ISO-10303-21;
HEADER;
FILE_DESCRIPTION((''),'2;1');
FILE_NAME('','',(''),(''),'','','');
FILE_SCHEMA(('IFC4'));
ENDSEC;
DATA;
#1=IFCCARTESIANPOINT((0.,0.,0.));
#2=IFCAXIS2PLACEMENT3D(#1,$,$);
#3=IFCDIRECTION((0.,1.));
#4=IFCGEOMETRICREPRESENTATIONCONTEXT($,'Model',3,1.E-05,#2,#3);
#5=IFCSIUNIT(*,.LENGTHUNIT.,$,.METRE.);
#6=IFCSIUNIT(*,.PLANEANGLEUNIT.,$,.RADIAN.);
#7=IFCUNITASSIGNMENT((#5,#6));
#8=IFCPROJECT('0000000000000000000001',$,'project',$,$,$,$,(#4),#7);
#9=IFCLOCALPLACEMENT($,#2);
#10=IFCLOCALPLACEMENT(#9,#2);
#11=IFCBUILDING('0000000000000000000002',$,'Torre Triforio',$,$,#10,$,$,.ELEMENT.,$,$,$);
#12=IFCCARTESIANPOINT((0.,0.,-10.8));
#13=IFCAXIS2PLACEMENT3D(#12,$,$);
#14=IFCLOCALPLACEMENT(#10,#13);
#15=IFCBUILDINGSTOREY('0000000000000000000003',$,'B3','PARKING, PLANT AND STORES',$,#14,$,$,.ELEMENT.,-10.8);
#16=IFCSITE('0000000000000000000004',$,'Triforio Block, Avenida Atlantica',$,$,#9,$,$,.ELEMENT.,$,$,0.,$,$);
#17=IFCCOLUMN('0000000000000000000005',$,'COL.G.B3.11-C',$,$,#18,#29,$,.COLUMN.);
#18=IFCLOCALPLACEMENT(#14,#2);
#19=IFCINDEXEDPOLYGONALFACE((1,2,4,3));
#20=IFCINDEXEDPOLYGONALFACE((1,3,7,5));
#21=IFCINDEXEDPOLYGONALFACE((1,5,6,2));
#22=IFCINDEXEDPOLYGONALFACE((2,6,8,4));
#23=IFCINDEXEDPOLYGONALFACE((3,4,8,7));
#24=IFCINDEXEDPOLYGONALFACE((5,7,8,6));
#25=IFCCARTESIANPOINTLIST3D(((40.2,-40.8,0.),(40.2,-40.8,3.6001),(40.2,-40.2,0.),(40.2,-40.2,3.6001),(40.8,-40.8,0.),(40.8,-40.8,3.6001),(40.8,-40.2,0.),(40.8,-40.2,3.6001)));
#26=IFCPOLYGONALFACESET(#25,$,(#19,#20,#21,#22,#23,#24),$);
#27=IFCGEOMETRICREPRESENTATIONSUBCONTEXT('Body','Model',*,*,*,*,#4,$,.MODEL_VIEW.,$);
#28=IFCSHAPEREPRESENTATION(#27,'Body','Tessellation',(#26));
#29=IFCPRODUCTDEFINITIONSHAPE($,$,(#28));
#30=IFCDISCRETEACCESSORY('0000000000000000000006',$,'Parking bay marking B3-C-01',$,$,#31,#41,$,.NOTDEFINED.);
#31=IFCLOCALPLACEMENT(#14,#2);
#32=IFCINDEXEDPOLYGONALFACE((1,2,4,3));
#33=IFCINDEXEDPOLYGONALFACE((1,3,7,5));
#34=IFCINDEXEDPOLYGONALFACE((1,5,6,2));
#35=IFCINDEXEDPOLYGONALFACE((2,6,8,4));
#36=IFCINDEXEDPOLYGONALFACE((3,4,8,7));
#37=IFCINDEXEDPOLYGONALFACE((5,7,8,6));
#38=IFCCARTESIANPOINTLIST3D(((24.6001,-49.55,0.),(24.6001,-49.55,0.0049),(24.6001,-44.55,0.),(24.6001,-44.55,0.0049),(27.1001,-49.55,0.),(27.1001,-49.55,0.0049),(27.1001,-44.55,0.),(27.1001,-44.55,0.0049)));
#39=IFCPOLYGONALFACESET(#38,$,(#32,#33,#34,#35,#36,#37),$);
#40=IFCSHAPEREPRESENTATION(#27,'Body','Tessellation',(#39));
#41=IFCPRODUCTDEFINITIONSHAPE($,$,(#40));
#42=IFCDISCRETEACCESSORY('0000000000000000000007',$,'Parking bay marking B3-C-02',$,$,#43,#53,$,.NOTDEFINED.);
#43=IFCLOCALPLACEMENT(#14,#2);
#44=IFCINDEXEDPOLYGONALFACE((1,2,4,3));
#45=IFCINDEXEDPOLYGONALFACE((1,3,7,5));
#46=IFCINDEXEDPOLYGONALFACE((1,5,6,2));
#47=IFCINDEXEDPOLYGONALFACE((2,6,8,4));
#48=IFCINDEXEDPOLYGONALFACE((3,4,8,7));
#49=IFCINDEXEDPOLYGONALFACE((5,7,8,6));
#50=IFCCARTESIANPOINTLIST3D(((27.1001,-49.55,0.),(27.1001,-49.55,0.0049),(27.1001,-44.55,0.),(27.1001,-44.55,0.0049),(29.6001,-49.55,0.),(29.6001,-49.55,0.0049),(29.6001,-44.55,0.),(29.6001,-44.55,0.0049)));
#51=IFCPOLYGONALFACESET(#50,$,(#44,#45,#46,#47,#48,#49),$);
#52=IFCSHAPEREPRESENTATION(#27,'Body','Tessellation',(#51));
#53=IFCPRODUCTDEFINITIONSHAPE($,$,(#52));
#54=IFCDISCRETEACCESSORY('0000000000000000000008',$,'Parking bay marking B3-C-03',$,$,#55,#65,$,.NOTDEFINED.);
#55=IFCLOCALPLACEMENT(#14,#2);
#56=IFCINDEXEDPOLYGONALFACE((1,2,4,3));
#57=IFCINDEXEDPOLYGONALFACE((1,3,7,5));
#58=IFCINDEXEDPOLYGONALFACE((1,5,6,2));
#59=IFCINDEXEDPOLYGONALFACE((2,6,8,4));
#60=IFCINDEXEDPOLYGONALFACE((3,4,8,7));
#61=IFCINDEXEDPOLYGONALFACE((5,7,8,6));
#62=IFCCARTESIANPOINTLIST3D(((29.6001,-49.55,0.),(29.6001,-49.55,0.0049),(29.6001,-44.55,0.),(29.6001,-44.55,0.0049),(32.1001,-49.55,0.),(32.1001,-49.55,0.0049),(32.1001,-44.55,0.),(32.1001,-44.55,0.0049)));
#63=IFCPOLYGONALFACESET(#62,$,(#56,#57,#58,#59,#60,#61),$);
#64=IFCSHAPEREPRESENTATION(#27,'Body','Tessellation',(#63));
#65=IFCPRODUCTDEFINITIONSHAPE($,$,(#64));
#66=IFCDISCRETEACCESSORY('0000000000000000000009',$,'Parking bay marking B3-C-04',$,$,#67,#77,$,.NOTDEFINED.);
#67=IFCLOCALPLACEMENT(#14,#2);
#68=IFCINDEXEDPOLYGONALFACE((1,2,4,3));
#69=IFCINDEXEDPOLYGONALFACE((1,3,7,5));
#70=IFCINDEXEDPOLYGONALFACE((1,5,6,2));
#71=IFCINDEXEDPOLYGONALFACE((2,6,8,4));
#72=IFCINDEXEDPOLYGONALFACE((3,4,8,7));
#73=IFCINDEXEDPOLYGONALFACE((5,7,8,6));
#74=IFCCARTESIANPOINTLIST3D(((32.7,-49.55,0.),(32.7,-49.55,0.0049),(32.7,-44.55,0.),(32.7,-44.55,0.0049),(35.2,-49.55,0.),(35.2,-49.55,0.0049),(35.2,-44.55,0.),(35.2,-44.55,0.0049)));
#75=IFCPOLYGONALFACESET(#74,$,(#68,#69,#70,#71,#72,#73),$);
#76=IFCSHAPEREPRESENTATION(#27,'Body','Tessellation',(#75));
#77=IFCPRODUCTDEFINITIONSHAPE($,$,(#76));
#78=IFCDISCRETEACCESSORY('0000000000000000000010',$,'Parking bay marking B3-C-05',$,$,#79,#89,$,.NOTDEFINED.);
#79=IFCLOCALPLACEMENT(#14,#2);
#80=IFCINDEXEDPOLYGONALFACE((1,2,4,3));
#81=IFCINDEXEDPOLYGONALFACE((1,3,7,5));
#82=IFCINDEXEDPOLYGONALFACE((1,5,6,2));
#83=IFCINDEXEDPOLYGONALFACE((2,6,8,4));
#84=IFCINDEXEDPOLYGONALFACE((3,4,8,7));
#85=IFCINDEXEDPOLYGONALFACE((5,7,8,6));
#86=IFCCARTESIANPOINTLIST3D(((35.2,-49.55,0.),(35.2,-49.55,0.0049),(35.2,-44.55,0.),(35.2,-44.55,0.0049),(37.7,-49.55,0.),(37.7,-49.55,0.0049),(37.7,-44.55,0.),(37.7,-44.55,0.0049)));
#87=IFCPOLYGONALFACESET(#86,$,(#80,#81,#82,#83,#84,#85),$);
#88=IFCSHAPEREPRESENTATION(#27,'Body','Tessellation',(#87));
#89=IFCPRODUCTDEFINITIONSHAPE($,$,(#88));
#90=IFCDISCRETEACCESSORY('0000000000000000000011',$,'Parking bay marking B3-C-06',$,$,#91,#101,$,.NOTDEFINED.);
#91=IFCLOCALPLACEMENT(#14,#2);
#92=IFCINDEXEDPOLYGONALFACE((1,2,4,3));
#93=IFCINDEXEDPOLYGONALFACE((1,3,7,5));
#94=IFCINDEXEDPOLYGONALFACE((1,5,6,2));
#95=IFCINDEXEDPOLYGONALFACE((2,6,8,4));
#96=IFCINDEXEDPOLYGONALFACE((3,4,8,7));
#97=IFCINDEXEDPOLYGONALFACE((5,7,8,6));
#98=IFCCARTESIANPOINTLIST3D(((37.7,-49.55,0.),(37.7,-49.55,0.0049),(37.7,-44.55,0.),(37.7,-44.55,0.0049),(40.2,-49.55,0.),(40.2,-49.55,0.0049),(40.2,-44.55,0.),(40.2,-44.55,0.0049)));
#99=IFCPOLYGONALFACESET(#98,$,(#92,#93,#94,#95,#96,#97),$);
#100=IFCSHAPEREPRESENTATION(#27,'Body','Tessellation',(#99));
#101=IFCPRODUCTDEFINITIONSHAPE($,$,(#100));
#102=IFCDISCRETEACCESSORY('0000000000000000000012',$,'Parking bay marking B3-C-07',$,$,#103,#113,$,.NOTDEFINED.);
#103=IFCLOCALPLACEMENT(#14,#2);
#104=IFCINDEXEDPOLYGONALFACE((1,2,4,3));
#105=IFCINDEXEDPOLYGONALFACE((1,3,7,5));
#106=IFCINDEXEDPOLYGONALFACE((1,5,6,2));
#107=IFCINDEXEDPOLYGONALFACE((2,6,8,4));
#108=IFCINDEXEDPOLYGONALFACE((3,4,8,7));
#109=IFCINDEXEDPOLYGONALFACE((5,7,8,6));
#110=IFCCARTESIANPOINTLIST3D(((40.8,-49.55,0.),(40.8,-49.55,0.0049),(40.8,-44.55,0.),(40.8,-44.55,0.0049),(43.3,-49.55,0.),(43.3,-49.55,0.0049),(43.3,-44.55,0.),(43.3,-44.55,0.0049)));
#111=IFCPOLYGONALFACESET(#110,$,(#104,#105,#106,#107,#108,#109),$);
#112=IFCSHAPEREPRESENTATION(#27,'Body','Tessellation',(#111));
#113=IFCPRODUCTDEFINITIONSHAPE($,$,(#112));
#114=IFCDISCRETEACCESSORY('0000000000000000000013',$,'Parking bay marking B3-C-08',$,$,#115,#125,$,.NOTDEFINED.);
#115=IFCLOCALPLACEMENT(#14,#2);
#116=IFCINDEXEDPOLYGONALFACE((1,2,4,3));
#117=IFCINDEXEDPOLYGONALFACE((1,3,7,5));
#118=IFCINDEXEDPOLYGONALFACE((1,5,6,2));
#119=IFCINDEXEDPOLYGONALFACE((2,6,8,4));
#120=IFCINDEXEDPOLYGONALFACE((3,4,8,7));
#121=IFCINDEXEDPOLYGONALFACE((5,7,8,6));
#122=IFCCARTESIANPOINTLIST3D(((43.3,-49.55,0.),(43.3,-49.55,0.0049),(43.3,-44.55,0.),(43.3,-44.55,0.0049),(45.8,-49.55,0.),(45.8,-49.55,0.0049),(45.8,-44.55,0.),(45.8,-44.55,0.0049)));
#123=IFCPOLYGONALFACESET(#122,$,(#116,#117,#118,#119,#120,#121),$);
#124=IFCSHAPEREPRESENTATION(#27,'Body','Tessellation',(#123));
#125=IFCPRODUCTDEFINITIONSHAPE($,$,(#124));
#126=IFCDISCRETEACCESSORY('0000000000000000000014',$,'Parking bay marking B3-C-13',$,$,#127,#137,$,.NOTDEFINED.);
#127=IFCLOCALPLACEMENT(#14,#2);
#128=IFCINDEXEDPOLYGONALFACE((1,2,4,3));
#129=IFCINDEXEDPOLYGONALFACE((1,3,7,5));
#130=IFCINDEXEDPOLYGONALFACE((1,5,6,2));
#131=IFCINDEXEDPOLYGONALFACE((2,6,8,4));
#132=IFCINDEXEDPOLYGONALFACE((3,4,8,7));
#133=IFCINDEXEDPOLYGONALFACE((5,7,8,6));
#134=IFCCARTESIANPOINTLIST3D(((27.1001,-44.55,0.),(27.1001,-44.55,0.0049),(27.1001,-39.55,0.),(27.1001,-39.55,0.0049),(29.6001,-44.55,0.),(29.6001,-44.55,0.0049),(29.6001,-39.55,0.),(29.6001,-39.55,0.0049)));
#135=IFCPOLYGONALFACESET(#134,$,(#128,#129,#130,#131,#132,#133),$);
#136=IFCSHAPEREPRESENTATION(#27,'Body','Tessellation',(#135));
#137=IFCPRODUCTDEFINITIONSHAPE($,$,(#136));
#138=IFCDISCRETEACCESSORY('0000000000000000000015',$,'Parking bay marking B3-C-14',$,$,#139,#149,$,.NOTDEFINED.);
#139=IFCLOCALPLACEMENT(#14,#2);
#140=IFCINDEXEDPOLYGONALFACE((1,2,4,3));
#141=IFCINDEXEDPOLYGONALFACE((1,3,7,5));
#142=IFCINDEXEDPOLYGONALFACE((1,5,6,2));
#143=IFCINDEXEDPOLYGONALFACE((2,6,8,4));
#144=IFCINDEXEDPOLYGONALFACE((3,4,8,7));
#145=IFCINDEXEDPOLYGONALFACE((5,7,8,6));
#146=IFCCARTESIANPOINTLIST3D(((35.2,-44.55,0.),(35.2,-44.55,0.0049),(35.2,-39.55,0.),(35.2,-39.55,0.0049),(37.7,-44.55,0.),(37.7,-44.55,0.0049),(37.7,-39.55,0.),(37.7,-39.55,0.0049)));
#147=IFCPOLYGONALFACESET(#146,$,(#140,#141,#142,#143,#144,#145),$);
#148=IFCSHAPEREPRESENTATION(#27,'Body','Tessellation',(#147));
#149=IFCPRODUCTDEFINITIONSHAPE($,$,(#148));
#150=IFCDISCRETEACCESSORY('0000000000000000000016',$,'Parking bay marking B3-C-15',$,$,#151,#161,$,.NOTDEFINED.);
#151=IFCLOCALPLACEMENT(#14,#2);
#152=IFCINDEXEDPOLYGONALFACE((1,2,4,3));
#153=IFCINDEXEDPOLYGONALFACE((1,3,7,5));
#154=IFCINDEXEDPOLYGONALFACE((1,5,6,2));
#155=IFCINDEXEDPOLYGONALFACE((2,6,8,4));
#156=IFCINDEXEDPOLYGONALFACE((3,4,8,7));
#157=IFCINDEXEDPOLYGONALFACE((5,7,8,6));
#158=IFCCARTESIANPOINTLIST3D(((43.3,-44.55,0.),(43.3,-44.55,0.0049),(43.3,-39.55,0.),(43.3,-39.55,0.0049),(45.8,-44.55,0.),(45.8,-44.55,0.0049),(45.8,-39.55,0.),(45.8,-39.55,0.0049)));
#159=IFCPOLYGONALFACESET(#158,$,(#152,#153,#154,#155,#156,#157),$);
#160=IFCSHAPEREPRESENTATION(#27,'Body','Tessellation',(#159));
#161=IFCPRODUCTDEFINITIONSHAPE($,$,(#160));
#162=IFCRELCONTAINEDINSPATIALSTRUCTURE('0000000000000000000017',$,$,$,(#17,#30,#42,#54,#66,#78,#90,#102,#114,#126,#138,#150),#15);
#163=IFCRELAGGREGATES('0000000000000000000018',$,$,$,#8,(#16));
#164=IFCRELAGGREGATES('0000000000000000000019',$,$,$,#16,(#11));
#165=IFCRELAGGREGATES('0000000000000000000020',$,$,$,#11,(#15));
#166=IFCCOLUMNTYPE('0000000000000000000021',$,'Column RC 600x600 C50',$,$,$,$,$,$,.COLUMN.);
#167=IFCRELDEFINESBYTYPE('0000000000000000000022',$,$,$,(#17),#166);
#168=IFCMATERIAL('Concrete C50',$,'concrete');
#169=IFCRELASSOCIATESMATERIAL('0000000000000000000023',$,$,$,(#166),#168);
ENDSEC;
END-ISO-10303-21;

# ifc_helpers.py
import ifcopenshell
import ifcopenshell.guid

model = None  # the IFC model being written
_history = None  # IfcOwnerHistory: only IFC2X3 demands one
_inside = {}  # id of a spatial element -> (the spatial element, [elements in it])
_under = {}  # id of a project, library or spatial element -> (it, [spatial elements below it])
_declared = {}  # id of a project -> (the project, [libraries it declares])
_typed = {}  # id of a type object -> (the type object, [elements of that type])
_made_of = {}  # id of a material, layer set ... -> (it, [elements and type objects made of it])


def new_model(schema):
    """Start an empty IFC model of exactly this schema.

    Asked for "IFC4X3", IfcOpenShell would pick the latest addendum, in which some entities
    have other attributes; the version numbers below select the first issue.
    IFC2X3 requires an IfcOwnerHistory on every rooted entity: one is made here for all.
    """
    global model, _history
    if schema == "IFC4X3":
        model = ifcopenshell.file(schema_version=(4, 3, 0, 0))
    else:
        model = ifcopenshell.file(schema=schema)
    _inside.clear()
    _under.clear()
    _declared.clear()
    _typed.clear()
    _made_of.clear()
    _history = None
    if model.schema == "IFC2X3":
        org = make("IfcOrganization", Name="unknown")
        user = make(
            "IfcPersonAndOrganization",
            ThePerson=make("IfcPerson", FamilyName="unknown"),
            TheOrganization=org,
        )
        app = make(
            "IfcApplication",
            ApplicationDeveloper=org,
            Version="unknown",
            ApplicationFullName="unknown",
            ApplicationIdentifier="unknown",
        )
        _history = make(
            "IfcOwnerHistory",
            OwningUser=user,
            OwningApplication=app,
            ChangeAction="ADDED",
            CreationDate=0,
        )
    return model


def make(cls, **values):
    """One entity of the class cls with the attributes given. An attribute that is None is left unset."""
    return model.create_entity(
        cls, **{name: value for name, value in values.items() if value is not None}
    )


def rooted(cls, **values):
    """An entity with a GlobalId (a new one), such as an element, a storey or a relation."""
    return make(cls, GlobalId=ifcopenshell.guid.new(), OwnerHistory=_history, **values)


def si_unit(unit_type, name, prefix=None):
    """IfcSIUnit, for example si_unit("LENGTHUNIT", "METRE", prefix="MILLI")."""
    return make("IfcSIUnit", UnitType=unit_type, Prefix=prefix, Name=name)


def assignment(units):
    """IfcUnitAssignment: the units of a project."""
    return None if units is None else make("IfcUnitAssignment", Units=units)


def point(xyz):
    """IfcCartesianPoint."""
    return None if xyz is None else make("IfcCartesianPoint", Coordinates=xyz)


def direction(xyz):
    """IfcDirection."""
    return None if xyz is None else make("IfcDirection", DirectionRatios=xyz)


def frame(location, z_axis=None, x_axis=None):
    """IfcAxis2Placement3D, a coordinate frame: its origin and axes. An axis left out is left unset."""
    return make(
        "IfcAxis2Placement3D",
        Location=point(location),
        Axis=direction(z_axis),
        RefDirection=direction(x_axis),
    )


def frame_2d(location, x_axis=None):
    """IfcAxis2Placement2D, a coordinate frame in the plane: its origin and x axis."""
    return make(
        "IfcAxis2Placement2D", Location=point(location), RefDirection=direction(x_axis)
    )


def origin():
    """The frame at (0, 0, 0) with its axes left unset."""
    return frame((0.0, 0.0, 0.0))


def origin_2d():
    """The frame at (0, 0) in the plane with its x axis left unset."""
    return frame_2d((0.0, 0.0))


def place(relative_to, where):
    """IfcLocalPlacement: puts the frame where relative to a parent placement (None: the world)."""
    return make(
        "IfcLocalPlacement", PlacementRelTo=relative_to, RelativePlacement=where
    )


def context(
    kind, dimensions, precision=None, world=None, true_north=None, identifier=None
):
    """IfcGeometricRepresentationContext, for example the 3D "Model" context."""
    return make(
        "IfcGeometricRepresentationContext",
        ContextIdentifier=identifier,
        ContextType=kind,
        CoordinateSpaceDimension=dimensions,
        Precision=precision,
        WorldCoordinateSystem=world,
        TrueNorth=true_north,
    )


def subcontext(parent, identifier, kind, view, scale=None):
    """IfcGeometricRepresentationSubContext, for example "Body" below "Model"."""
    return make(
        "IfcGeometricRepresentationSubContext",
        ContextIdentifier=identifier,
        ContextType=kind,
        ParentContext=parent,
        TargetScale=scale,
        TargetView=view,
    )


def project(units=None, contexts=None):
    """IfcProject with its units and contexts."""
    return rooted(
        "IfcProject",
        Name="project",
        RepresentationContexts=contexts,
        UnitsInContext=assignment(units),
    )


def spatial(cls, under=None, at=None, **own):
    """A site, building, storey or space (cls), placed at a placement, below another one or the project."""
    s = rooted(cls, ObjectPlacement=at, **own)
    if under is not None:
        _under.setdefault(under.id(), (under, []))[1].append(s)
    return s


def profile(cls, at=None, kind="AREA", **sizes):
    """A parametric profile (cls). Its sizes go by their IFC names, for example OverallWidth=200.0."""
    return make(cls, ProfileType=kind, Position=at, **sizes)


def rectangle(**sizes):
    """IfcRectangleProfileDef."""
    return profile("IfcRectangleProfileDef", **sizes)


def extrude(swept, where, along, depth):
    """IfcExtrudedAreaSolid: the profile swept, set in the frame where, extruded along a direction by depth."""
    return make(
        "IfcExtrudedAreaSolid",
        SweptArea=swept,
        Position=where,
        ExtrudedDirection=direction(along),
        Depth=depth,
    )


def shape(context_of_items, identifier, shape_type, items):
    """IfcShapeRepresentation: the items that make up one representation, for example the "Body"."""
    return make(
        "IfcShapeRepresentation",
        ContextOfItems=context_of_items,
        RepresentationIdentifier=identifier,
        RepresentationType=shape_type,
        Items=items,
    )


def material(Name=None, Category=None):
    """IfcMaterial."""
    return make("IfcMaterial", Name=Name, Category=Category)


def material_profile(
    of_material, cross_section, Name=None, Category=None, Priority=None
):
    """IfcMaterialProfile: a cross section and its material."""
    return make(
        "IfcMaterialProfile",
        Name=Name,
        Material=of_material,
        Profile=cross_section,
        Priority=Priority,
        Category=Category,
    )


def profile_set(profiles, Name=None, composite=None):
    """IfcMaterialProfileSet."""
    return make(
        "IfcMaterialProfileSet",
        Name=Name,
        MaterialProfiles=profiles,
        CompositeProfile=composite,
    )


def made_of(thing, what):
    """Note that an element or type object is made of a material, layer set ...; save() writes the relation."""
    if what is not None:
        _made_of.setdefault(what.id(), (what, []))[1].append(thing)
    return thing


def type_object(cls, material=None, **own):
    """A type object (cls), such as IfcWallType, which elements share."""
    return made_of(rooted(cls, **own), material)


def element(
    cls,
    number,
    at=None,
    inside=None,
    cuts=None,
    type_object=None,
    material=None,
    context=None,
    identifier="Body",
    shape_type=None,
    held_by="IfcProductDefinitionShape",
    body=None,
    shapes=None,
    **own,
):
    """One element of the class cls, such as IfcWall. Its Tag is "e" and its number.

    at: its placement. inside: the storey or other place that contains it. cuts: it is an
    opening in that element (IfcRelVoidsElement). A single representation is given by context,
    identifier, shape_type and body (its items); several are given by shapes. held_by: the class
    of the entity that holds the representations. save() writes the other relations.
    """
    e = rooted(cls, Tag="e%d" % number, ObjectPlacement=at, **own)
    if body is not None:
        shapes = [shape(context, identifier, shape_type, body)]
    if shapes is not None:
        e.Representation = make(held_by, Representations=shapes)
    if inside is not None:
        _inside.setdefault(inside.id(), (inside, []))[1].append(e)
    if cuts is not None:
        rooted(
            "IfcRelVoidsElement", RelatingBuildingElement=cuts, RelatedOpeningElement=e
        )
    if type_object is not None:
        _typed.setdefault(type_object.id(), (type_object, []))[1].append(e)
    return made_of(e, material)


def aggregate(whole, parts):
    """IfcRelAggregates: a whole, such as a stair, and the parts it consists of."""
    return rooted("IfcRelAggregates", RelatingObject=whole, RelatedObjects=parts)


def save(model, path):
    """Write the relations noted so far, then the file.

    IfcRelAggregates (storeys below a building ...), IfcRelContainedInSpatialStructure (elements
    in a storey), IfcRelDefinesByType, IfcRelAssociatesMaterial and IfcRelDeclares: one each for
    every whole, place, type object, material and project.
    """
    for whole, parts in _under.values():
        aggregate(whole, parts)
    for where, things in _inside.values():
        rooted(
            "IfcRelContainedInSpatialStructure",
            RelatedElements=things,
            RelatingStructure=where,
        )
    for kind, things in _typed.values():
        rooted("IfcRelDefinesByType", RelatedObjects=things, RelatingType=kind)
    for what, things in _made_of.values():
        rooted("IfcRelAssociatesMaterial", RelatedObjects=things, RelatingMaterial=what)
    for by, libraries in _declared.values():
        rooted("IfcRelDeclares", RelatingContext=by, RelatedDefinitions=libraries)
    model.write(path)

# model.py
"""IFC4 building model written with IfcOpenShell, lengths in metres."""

from ifc_helpers import new_model, si_unit, direction, frame, origin, origin_2d, place, context, subcontext, project, spatial, rectangle, extrude, material, material_profile, profile_set, type_object, element, save


model = new_model("IFC4")

# Units and contexts
model_context = context("Model", 3, precision=1e-05, world=origin(), true_north=direction((0.0, 1.0)))
body_context = subcontext(model_context, "Body", "Model", "MODEL_VIEW")
ifc_project = project(units=[si_unit("LENGTHUNIT", "METRE"), si_unit("PLANEANGLEUNIT", "RADIAN")], contexts=[model_context])

# Site, building, storey
site_placement = place(None, origin())
site = spatial("IfcSite", under=ifc_project, at=site_placement, Name="Triforio Block, Avenida Atlantica", CompositionType="ELEMENT", RefElevation=0.0)
building_placement = place(site_placement, origin())
building = spatial("IfcBuilding", under=site, at=building_placement, Name="Torre Triforio", CompositionType="ELEMENT")
storey_placement = place(building_placement, frame((0.0, 0.0, -10.8)))
storey = spatial("IfcBuildingStorey", under=building, at=storey_placement, Name="B3", Description="PARKING, PLANT AND STORES", CompositionType="ELEMENT", Elevation=-10.8)

# Shared definitions
ifc_material_1 = material(Name="Concrete C50", Category="concrete")

# Column
ifc_material_profile_1 = material_profile(ifc_material_1, rectangle(XDim=0.6001, YDim=0.6001, at=origin_2d()), Name="RC 600x600")
ifc_profile_set_1 = profile_set([ifc_material_profile_1], Name="Concrete C50")
column_type_1 = type_object("IfcColumnType", Name="Column RC 600x600 C50", PredefinedType="COLUMN", material=ifc_profile_set_1)
for number, where, z_axis, x_axis, name in (
    (1, (40.5, -40.5, 0.0), (0.0, 0.0, 1.0), (1.0, 0.0, 0.0), "COL.G.B3.11-C"),
):
    element("IfcColumn", number, at=place(storey_placement, frame(where, z_axis=z_axis, x_axis=x_axis)), inside=storey, type_object=column_type_1, Name=name, PredefinedType="COLUMN", context=body_context, shape_type="SweptSolid", body=[
        extrude(rectangle(XDim=0.6001, YDim=0.6001, at=origin_2d()), origin(), (0.0, 0.0, 1.0), 3.6001),
    ])

# Discrete accessories
for number, where, z_axis, x_axis, name in (
    (2, (25.8501, -47.05, 0.0), (0.0, 0.0, 1.0), (1.0, 0.0, 0.0), "Parking bay marking B3-C-01"),
    (3, (28.3501, -47.05, 0.0), (0.0, 0.0, 1.0), (1.0, 0.0, 0.0), "Parking bay marking B3-C-02"),
    (4, (30.8501, -47.05, 0.0), (0.0, 0.0, 1.0), (1.0, 0.0, 0.0), "Parking bay marking B3-C-03"),
    (5, (33.95, -47.05, 0.0), (0.0, 0.0, 1.0), (1.0, 0.0, 0.0), "Parking bay marking B3-C-04"),
    (6, (36.45, -47.05, 0.0), (0.0, 0.0, 1.0), (1.0, 0.0, 0.0), "Parking bay marking B3-C-05"),
    (7, (38.95, -47.05, 0.0), (0.0, 0.0, 1.0), (1.0, 0.0, 0.0), "Parking bay marking B3-C-06"),
    (8, (42.05, -47.05, 0.0), (0.0, 0.0, 1.0), (1.0, 0.0, 0.0), "Parking bay marking B3-C-07"),
    (9, (44.55, -47.05, 0.0), (0.0, 0.0, 1.0), (1.0, 0.0, 0.0), "Parking bay marking B3-C-08"),
    (10, (28.3501, -42.05, 0.0), (0.0, 0.0, 1.0), (1.0, 0.0, 0.0), "Parking bay marking B3-C-13"),
    (11, (36.45, -42.05, 0.0), (0.0, 0.0, 1.0), (1.0, 0.0, 0.0), "Parking bay marking B3-C-14"),
    (12, (44.55, -42.05, 0.0), (0.0, 0.0, 1.0), (1.0, 0.0, 0.0), "Parking bay marking B3-C-15"),
):
    element("IfcDiscreteAccessory", number, at=place(storey_placement, frame(where, z_axis=z_axis, x_axis=x_axis)), inside=storey, Name=name, PredefinedType="NOTDEFINED", context=body_context, shape_type="SweptSolid", body=[
        extrude(rectangle(XDim=2.5, YDim=5.0, at=origin_2d()), origin(), (0.0, 0.0, 1.0), 0.0049),
    ])

save(model, "model.ifc")
